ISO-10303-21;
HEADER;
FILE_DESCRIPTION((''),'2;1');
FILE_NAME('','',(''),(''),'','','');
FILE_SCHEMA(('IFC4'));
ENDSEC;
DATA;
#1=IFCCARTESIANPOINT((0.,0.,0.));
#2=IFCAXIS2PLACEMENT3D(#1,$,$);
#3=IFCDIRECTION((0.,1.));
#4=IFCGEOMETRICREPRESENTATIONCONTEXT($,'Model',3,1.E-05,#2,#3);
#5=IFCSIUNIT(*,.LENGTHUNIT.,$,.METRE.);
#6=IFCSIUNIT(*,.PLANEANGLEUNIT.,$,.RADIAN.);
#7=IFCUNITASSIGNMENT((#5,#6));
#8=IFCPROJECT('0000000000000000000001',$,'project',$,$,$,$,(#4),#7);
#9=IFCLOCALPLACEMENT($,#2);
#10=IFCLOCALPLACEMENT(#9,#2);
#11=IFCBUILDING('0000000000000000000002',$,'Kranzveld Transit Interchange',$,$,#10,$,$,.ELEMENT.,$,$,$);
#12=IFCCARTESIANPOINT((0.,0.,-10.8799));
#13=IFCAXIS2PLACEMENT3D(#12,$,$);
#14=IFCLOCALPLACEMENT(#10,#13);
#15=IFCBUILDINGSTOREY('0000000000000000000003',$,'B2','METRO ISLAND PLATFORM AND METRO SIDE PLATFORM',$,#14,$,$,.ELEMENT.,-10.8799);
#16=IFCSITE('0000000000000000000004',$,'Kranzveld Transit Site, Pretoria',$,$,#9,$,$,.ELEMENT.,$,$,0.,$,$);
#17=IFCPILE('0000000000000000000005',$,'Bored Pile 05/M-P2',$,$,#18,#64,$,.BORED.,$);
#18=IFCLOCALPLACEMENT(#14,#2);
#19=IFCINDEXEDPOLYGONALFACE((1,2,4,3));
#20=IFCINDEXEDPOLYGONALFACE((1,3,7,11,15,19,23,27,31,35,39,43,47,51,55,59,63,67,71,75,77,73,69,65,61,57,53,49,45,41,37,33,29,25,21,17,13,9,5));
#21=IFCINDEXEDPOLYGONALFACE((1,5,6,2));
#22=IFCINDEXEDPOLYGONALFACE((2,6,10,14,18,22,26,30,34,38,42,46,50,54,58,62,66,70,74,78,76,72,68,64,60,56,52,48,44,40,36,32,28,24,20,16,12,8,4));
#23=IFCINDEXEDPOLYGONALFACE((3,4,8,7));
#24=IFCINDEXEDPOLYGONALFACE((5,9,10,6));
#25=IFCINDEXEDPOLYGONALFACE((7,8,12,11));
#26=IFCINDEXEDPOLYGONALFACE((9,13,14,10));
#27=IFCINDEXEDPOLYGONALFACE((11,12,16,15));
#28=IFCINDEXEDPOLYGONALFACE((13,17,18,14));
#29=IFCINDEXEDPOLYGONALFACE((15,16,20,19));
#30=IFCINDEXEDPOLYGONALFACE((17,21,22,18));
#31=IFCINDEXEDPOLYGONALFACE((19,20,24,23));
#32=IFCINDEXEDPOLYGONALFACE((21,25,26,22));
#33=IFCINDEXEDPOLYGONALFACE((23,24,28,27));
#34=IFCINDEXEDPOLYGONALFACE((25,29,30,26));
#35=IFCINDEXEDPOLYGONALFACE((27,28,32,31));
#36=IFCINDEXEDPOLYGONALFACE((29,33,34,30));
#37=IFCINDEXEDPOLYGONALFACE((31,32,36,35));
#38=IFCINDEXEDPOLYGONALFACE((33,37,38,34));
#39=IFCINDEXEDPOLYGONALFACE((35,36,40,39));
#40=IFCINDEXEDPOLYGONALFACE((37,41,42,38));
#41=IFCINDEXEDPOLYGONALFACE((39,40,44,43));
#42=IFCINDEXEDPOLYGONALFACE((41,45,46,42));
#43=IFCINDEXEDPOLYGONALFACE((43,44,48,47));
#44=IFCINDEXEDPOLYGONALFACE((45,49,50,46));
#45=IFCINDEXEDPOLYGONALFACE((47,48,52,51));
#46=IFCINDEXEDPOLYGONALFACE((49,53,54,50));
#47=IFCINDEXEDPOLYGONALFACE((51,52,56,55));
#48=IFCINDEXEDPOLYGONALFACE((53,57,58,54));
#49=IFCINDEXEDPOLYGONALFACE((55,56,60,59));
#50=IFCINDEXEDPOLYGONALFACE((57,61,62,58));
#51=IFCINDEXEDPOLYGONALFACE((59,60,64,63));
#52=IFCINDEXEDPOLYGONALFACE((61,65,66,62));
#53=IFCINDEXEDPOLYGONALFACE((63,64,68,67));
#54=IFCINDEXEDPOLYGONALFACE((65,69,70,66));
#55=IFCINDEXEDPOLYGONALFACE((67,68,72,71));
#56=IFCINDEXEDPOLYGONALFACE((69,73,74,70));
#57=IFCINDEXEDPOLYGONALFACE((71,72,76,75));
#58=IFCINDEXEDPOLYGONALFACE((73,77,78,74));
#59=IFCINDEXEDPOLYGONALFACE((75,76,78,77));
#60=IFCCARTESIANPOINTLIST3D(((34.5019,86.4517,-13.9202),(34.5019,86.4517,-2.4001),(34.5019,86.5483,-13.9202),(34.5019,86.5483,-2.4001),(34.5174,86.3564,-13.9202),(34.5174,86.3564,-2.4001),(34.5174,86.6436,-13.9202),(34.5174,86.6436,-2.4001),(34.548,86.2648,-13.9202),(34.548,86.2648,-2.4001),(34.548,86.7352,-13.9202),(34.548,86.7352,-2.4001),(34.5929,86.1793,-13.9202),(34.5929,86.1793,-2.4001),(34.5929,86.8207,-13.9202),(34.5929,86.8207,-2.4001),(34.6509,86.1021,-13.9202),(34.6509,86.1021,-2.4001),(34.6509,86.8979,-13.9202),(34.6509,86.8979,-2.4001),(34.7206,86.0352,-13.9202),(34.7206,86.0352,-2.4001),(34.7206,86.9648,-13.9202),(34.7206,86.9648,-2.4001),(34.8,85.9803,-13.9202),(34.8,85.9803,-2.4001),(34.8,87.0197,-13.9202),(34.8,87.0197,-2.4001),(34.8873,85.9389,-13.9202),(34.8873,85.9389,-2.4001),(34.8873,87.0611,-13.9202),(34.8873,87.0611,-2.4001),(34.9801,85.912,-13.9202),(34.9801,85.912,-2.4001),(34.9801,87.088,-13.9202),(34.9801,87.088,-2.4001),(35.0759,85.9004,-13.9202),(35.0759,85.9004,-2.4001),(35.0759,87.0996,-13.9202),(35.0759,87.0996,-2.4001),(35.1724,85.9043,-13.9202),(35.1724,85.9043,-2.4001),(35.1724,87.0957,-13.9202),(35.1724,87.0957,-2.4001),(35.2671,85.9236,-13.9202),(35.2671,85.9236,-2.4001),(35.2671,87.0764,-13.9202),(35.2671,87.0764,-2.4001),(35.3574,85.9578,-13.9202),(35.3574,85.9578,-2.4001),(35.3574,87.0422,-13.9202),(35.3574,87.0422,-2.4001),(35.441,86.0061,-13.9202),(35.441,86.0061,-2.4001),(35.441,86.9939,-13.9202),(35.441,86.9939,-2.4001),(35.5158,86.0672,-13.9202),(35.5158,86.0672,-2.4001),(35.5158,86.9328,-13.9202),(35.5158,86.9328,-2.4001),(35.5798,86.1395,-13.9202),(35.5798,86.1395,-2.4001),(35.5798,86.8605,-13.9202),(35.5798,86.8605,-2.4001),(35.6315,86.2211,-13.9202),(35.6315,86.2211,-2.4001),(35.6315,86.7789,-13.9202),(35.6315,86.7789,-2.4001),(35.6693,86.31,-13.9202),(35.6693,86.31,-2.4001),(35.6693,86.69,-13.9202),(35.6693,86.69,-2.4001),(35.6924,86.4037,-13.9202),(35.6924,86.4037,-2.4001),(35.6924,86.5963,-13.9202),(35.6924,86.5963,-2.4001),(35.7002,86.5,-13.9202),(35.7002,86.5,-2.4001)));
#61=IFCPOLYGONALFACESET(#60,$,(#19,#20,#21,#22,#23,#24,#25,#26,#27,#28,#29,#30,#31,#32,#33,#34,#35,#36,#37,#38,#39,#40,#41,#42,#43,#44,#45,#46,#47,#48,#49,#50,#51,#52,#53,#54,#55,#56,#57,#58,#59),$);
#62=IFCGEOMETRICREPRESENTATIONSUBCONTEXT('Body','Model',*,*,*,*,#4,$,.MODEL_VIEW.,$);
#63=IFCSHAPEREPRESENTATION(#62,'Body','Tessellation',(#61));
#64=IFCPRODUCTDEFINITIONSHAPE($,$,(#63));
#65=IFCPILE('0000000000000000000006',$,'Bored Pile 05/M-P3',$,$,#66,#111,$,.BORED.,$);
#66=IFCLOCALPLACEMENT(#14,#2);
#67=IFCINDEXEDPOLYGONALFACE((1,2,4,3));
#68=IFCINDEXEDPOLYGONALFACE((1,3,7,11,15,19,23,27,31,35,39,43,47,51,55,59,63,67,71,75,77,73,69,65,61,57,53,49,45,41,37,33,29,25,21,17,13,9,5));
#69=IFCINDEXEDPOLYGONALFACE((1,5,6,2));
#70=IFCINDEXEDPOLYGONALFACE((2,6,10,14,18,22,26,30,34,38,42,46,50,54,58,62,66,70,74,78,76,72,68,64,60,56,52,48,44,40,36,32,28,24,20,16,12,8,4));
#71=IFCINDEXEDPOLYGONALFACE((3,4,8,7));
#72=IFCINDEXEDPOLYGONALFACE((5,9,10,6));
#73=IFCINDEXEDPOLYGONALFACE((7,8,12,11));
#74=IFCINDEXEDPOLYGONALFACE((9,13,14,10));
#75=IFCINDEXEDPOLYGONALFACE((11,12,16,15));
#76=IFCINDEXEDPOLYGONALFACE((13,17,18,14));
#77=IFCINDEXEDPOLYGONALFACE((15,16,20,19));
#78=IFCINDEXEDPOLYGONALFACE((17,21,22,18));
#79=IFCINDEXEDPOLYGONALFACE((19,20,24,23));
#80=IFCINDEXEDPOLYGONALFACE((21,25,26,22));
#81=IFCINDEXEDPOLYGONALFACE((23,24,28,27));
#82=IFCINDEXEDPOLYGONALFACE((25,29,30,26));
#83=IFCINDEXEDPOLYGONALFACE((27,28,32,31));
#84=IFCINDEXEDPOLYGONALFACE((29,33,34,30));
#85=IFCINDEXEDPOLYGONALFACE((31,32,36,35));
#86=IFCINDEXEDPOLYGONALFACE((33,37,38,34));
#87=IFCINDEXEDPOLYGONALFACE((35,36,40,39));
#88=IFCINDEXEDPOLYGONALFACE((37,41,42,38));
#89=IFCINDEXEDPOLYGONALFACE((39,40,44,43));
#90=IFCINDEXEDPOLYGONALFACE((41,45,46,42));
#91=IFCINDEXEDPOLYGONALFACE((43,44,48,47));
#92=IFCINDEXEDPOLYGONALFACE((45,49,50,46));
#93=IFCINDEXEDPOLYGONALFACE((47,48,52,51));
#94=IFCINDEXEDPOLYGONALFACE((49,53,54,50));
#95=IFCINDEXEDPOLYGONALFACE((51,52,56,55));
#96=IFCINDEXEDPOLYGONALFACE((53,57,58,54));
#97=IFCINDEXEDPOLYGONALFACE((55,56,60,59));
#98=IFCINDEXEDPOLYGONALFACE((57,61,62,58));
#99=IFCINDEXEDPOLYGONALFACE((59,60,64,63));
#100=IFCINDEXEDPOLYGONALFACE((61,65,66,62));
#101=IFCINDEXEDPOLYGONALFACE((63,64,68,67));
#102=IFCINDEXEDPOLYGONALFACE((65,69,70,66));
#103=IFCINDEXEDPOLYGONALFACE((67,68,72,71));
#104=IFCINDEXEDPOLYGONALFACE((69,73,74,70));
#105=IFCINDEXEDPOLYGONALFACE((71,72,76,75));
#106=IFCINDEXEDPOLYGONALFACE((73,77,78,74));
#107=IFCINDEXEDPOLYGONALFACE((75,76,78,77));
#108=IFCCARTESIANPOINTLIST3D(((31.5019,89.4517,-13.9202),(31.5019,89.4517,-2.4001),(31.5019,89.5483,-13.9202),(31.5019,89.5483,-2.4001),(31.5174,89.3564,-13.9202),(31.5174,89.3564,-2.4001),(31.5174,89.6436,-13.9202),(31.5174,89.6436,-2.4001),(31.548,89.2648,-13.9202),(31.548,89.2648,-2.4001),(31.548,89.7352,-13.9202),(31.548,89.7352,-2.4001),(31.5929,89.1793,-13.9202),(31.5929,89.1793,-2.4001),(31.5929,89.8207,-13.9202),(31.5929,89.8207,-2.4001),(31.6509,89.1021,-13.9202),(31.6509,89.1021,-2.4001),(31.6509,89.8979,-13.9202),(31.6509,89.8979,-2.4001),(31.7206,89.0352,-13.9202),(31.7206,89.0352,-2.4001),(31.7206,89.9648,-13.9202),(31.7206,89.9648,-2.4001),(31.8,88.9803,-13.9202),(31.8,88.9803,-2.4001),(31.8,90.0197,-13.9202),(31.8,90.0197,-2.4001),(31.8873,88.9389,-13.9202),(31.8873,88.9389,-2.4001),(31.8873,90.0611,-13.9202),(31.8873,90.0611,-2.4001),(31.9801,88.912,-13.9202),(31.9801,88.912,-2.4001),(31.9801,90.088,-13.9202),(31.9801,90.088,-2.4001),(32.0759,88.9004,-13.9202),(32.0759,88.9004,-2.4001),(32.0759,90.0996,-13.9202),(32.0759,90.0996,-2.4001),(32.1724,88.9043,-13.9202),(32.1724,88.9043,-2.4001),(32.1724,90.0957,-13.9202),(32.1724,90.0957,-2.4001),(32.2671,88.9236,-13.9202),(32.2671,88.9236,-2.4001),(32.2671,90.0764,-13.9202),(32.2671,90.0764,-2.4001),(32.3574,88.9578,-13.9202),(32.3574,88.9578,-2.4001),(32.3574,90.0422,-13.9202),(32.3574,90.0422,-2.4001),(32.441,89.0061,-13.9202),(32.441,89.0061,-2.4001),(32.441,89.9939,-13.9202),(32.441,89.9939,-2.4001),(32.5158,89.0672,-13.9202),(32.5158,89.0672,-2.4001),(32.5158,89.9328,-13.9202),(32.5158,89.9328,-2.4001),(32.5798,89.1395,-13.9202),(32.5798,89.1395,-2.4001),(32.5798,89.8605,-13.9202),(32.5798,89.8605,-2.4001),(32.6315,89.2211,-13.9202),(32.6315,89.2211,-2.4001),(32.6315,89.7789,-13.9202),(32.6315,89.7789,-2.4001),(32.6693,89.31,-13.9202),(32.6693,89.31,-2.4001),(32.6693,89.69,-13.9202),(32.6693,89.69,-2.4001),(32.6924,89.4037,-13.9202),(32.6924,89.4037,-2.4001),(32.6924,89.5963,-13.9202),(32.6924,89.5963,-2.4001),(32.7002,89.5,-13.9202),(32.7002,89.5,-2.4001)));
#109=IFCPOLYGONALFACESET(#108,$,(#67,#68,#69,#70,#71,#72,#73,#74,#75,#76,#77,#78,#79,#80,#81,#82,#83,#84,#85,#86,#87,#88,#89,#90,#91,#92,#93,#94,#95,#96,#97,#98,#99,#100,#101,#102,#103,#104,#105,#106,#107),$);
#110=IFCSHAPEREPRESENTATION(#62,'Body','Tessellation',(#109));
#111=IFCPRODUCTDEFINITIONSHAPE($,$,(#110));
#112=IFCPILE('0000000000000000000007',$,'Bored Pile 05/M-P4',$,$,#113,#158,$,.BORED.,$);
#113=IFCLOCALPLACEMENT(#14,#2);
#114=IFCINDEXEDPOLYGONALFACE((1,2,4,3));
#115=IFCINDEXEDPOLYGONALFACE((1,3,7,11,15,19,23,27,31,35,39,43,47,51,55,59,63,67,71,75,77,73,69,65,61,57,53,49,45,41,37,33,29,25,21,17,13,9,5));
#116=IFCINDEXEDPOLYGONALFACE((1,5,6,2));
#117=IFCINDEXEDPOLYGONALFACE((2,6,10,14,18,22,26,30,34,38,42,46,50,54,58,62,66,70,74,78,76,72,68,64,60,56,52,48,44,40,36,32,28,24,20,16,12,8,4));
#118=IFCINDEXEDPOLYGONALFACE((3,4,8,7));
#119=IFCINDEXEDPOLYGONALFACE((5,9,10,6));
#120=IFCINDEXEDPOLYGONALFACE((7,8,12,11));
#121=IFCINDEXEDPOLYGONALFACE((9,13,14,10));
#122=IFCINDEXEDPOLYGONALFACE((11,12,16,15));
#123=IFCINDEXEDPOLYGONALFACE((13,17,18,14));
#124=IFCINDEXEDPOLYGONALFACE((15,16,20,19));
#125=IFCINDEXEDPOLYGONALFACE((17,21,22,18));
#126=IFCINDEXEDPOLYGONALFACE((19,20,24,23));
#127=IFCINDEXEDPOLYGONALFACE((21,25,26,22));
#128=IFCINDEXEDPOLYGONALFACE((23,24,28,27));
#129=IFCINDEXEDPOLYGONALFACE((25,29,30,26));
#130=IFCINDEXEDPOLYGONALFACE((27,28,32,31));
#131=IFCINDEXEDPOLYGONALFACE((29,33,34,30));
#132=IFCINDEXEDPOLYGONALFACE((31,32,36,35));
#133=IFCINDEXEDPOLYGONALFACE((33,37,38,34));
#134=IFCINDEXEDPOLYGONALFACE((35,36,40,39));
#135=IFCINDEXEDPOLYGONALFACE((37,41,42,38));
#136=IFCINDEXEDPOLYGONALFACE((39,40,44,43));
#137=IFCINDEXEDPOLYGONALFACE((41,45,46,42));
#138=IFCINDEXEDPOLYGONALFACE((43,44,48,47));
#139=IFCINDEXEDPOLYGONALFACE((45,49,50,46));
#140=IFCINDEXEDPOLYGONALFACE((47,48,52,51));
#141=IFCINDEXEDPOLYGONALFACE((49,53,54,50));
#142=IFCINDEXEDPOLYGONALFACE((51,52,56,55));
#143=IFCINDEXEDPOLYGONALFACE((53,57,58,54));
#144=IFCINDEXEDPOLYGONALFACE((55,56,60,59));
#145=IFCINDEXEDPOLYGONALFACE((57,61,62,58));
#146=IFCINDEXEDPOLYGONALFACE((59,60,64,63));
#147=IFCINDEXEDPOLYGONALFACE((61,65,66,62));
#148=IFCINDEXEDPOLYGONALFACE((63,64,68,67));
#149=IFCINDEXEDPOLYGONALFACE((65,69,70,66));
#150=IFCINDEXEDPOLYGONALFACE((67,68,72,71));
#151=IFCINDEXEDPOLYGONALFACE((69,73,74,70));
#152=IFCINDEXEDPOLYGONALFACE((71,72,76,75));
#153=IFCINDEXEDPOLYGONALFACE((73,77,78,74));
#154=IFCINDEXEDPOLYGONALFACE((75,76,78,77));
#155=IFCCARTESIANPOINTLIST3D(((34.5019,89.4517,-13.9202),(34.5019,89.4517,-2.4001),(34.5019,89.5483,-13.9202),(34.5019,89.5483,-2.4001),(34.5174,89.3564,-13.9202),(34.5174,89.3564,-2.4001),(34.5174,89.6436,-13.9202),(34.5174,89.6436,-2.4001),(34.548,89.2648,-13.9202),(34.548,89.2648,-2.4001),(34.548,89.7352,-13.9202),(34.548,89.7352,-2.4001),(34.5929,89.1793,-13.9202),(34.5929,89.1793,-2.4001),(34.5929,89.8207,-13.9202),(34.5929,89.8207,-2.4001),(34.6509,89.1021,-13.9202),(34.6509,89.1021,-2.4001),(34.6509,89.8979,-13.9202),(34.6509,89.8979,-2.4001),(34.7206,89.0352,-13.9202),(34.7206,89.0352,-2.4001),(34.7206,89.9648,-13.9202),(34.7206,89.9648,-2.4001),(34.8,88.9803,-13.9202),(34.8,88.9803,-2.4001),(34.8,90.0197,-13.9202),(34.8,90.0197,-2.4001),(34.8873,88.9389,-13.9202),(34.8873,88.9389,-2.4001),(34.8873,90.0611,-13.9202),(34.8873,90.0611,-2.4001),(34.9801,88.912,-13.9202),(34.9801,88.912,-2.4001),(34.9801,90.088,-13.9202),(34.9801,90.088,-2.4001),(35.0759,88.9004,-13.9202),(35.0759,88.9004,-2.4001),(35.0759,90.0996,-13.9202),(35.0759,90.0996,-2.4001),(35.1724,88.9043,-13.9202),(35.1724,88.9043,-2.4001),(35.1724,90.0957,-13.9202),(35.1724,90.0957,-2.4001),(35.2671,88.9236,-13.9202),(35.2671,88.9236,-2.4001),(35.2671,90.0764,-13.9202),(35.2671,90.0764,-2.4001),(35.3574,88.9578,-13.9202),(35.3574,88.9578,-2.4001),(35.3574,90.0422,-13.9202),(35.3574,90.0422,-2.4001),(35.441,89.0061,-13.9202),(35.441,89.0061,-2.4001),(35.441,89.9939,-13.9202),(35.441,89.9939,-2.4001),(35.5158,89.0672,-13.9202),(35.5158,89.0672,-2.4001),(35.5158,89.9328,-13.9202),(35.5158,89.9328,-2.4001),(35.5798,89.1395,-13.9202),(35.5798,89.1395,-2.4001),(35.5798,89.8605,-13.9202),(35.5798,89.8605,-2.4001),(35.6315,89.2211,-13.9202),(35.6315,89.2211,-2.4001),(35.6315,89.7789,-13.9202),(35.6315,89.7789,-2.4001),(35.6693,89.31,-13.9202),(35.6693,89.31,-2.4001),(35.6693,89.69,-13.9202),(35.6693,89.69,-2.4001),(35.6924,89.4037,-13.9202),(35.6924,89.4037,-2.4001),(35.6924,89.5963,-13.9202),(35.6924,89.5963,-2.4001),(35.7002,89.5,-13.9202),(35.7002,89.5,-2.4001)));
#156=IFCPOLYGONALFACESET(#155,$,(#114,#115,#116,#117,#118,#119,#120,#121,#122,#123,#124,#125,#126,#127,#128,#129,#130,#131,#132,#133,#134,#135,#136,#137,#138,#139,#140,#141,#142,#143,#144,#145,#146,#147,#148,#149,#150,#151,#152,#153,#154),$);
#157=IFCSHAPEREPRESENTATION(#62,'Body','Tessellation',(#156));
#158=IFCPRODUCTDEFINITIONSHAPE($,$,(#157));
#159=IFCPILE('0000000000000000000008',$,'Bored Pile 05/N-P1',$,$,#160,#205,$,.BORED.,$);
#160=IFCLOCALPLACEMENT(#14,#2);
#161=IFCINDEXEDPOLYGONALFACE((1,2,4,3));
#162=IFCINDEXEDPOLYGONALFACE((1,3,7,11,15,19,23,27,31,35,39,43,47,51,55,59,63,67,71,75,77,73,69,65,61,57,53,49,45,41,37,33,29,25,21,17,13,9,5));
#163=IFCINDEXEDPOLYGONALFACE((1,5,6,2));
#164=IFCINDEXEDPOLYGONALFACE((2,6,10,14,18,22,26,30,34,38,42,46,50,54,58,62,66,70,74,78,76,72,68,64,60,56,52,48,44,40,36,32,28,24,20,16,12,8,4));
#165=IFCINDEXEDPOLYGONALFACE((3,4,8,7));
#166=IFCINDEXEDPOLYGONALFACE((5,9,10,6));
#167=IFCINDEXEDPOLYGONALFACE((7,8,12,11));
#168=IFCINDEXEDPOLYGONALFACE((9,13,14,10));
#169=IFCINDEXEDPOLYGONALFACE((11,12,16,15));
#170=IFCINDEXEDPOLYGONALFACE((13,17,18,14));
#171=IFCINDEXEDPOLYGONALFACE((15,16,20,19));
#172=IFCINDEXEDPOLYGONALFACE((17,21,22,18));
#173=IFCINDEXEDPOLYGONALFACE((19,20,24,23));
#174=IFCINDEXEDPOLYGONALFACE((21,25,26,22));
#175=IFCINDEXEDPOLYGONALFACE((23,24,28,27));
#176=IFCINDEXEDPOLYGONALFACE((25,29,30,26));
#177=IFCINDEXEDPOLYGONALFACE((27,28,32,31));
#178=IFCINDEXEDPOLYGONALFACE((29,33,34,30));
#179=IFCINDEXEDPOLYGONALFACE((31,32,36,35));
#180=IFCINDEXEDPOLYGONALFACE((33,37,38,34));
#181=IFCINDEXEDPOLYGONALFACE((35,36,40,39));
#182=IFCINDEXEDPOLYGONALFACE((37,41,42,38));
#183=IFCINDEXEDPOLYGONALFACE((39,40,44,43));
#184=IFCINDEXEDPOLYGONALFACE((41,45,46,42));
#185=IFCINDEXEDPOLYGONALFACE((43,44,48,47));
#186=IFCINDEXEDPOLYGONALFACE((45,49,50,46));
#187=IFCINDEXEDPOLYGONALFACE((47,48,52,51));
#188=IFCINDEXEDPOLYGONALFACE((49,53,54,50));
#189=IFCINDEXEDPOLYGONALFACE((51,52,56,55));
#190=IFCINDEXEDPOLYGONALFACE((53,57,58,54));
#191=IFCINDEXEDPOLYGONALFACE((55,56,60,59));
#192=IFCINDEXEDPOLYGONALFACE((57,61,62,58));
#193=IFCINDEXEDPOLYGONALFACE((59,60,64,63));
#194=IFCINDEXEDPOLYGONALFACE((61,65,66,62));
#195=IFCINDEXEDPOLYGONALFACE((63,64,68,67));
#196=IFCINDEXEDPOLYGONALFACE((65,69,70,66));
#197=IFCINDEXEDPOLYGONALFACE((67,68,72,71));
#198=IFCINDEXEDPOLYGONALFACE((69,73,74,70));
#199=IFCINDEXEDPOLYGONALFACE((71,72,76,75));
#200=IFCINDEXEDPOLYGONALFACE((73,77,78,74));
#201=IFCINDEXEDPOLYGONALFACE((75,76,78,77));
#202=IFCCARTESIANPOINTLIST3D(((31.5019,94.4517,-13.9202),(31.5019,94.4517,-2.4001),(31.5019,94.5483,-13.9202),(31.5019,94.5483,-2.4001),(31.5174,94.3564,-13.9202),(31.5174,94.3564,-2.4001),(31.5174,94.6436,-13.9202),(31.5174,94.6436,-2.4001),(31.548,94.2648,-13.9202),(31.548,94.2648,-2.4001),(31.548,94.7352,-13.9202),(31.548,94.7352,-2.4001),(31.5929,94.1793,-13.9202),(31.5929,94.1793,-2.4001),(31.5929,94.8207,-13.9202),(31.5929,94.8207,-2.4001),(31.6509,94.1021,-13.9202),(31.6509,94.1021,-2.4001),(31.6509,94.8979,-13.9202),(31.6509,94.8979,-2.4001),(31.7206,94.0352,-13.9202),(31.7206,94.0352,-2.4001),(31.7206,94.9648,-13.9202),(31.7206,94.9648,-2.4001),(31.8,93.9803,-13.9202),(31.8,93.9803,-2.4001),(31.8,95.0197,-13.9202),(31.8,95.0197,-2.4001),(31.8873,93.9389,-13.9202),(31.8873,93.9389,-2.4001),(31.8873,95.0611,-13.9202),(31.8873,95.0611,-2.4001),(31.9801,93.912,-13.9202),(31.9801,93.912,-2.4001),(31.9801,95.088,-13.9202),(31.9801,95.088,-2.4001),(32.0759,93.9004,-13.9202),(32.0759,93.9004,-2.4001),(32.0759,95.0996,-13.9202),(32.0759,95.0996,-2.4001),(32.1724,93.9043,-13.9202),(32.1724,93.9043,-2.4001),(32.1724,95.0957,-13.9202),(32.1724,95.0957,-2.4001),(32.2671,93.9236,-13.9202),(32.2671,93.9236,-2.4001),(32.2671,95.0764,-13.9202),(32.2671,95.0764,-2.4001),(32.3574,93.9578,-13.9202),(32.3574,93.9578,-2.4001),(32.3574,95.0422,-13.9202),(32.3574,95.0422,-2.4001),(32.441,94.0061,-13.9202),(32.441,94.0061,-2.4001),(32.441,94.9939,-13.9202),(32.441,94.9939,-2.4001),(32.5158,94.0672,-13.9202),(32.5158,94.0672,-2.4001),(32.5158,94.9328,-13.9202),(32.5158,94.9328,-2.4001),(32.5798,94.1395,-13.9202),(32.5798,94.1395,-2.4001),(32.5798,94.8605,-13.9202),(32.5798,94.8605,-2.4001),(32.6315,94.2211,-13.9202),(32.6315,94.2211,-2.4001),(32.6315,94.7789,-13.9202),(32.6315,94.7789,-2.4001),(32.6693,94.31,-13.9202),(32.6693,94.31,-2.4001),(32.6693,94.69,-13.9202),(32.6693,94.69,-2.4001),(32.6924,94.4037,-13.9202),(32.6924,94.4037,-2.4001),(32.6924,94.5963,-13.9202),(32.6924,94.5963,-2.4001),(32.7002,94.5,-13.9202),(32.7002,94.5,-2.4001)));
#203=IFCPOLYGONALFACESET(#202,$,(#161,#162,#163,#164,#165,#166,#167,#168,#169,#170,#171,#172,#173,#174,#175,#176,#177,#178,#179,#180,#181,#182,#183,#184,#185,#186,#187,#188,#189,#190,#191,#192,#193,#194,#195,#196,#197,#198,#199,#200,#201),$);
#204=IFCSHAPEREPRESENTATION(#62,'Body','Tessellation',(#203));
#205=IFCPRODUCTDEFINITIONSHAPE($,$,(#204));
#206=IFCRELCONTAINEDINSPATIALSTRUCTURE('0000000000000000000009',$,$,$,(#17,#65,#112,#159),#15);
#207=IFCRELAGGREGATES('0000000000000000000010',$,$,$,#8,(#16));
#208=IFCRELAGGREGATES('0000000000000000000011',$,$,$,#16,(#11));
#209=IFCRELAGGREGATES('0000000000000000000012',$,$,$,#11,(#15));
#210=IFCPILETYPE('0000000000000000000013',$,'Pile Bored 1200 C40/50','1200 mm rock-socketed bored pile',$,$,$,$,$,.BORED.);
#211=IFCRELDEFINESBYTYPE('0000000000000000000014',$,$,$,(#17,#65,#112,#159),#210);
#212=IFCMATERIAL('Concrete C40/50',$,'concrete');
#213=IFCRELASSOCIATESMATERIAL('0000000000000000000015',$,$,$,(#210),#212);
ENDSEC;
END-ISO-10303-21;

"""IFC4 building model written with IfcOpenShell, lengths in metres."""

from ifc_helpers import new_model, si_unit, direction, frame, origin, origin_2d, place, context, subcontext, project, spatial, circle, extrude, material, material_profile, profile_set, type_object, element, save


model = new_model("IFC4")

# Units and contexts
model_context = context("Model", 3, precision=1e-05, world=origin(), true_north=direction((0.0, 1.0)))
body_context = subcontext(model_context, "Body", "Model", "MODEL_VIEW")
ifc_project = project(units=[si_unit("LENGTHUNIT", "METRE"), si_unit("PLANEANGLEUNIT", "RADIAN")], contexts=[model_context])

# Site, building, storey
site_placement = place(None, origin())
site = spatial("IfcSite", under=ifc_project, at=site_placement, Name="Kranzveld Transit Site, Pretoria", CompositionType="ELEMENT", RefElevation=0.0)
building_placement = place(site_placement, origin())
building = spatial("IfcBuilding", under=site, at=building_placement, Name="Kranzveld Transit Interchange", CompositionType="ELEMENT")
storey_placement = place(building_placement, frame((0.0, 0.0, -10.8799)))
storey = spatial("IfcBuildingStorey", under=building, at=storey_placement, Name="B2", Description="METRO ISLAND PLATFORM AND METRO SIDE PLATFORM", CompositionType="ELEMENT", Elevation=-10.8799)

# Piles
ifc_material_1 = material(Name="Concrete C40/50", Category="concrete")
ifc_material_profile_1 = material_profile(ifc_material_1, circle(Radius=0.6001, at=origin_2d()), Name="BORED PILE 1200")
ifc_profile_set_1 = profile_set([ifc_material_profile_1], Name="Concrete C40/50")
pile_type = type_object("IfcPileType", Name="Pile Bored 1200 C40/50", Description="1200 mm rock-socketed bored pile", PredefinedType="BORED", material=ifc_profile_set_1)
for number, where, z_axis, x_axis, name in (
    (1, (35.1001, 86.5, -2.4001), (0.0, 0.0, -1.0), (1.0, 0.0, 0.0), "Bored Pile 05/M-P2"),
    (2, (32.1001, 89.5, -2.4001), (0.0, 0.0, -1.0), (1.0, 0.0, 0.0), "Bored Pile 05/M-P3"),
    (3, (35.1001, 89.5, -2.4001), (0.0, 0.0, -1.0), (1.0, 0.0, 0.0), "Bored Pile 05/M-P4"),
    (4, (32.1001, 94.5, -2.4001), (0.0, 0.0, -1.0), (1.0, 0.0, 0.0), "Bored Pile 05/N-P1"),
):
    element("IfcPile", number, at=place(storey_placement, frame(where, z_axis=z_axis, x_axis=x_axis)), inside=storey, type_object=pile_type, Name=name, PredefinedType="BORED", context=body_context, shape_type="SweptSolid", body=[
        extrude(circle(Radius=0.6001, at=origin_2d()), origin(), (0.0, 0.0, 1.0), 11.52),
    ])

save(model, "model.ifc")
